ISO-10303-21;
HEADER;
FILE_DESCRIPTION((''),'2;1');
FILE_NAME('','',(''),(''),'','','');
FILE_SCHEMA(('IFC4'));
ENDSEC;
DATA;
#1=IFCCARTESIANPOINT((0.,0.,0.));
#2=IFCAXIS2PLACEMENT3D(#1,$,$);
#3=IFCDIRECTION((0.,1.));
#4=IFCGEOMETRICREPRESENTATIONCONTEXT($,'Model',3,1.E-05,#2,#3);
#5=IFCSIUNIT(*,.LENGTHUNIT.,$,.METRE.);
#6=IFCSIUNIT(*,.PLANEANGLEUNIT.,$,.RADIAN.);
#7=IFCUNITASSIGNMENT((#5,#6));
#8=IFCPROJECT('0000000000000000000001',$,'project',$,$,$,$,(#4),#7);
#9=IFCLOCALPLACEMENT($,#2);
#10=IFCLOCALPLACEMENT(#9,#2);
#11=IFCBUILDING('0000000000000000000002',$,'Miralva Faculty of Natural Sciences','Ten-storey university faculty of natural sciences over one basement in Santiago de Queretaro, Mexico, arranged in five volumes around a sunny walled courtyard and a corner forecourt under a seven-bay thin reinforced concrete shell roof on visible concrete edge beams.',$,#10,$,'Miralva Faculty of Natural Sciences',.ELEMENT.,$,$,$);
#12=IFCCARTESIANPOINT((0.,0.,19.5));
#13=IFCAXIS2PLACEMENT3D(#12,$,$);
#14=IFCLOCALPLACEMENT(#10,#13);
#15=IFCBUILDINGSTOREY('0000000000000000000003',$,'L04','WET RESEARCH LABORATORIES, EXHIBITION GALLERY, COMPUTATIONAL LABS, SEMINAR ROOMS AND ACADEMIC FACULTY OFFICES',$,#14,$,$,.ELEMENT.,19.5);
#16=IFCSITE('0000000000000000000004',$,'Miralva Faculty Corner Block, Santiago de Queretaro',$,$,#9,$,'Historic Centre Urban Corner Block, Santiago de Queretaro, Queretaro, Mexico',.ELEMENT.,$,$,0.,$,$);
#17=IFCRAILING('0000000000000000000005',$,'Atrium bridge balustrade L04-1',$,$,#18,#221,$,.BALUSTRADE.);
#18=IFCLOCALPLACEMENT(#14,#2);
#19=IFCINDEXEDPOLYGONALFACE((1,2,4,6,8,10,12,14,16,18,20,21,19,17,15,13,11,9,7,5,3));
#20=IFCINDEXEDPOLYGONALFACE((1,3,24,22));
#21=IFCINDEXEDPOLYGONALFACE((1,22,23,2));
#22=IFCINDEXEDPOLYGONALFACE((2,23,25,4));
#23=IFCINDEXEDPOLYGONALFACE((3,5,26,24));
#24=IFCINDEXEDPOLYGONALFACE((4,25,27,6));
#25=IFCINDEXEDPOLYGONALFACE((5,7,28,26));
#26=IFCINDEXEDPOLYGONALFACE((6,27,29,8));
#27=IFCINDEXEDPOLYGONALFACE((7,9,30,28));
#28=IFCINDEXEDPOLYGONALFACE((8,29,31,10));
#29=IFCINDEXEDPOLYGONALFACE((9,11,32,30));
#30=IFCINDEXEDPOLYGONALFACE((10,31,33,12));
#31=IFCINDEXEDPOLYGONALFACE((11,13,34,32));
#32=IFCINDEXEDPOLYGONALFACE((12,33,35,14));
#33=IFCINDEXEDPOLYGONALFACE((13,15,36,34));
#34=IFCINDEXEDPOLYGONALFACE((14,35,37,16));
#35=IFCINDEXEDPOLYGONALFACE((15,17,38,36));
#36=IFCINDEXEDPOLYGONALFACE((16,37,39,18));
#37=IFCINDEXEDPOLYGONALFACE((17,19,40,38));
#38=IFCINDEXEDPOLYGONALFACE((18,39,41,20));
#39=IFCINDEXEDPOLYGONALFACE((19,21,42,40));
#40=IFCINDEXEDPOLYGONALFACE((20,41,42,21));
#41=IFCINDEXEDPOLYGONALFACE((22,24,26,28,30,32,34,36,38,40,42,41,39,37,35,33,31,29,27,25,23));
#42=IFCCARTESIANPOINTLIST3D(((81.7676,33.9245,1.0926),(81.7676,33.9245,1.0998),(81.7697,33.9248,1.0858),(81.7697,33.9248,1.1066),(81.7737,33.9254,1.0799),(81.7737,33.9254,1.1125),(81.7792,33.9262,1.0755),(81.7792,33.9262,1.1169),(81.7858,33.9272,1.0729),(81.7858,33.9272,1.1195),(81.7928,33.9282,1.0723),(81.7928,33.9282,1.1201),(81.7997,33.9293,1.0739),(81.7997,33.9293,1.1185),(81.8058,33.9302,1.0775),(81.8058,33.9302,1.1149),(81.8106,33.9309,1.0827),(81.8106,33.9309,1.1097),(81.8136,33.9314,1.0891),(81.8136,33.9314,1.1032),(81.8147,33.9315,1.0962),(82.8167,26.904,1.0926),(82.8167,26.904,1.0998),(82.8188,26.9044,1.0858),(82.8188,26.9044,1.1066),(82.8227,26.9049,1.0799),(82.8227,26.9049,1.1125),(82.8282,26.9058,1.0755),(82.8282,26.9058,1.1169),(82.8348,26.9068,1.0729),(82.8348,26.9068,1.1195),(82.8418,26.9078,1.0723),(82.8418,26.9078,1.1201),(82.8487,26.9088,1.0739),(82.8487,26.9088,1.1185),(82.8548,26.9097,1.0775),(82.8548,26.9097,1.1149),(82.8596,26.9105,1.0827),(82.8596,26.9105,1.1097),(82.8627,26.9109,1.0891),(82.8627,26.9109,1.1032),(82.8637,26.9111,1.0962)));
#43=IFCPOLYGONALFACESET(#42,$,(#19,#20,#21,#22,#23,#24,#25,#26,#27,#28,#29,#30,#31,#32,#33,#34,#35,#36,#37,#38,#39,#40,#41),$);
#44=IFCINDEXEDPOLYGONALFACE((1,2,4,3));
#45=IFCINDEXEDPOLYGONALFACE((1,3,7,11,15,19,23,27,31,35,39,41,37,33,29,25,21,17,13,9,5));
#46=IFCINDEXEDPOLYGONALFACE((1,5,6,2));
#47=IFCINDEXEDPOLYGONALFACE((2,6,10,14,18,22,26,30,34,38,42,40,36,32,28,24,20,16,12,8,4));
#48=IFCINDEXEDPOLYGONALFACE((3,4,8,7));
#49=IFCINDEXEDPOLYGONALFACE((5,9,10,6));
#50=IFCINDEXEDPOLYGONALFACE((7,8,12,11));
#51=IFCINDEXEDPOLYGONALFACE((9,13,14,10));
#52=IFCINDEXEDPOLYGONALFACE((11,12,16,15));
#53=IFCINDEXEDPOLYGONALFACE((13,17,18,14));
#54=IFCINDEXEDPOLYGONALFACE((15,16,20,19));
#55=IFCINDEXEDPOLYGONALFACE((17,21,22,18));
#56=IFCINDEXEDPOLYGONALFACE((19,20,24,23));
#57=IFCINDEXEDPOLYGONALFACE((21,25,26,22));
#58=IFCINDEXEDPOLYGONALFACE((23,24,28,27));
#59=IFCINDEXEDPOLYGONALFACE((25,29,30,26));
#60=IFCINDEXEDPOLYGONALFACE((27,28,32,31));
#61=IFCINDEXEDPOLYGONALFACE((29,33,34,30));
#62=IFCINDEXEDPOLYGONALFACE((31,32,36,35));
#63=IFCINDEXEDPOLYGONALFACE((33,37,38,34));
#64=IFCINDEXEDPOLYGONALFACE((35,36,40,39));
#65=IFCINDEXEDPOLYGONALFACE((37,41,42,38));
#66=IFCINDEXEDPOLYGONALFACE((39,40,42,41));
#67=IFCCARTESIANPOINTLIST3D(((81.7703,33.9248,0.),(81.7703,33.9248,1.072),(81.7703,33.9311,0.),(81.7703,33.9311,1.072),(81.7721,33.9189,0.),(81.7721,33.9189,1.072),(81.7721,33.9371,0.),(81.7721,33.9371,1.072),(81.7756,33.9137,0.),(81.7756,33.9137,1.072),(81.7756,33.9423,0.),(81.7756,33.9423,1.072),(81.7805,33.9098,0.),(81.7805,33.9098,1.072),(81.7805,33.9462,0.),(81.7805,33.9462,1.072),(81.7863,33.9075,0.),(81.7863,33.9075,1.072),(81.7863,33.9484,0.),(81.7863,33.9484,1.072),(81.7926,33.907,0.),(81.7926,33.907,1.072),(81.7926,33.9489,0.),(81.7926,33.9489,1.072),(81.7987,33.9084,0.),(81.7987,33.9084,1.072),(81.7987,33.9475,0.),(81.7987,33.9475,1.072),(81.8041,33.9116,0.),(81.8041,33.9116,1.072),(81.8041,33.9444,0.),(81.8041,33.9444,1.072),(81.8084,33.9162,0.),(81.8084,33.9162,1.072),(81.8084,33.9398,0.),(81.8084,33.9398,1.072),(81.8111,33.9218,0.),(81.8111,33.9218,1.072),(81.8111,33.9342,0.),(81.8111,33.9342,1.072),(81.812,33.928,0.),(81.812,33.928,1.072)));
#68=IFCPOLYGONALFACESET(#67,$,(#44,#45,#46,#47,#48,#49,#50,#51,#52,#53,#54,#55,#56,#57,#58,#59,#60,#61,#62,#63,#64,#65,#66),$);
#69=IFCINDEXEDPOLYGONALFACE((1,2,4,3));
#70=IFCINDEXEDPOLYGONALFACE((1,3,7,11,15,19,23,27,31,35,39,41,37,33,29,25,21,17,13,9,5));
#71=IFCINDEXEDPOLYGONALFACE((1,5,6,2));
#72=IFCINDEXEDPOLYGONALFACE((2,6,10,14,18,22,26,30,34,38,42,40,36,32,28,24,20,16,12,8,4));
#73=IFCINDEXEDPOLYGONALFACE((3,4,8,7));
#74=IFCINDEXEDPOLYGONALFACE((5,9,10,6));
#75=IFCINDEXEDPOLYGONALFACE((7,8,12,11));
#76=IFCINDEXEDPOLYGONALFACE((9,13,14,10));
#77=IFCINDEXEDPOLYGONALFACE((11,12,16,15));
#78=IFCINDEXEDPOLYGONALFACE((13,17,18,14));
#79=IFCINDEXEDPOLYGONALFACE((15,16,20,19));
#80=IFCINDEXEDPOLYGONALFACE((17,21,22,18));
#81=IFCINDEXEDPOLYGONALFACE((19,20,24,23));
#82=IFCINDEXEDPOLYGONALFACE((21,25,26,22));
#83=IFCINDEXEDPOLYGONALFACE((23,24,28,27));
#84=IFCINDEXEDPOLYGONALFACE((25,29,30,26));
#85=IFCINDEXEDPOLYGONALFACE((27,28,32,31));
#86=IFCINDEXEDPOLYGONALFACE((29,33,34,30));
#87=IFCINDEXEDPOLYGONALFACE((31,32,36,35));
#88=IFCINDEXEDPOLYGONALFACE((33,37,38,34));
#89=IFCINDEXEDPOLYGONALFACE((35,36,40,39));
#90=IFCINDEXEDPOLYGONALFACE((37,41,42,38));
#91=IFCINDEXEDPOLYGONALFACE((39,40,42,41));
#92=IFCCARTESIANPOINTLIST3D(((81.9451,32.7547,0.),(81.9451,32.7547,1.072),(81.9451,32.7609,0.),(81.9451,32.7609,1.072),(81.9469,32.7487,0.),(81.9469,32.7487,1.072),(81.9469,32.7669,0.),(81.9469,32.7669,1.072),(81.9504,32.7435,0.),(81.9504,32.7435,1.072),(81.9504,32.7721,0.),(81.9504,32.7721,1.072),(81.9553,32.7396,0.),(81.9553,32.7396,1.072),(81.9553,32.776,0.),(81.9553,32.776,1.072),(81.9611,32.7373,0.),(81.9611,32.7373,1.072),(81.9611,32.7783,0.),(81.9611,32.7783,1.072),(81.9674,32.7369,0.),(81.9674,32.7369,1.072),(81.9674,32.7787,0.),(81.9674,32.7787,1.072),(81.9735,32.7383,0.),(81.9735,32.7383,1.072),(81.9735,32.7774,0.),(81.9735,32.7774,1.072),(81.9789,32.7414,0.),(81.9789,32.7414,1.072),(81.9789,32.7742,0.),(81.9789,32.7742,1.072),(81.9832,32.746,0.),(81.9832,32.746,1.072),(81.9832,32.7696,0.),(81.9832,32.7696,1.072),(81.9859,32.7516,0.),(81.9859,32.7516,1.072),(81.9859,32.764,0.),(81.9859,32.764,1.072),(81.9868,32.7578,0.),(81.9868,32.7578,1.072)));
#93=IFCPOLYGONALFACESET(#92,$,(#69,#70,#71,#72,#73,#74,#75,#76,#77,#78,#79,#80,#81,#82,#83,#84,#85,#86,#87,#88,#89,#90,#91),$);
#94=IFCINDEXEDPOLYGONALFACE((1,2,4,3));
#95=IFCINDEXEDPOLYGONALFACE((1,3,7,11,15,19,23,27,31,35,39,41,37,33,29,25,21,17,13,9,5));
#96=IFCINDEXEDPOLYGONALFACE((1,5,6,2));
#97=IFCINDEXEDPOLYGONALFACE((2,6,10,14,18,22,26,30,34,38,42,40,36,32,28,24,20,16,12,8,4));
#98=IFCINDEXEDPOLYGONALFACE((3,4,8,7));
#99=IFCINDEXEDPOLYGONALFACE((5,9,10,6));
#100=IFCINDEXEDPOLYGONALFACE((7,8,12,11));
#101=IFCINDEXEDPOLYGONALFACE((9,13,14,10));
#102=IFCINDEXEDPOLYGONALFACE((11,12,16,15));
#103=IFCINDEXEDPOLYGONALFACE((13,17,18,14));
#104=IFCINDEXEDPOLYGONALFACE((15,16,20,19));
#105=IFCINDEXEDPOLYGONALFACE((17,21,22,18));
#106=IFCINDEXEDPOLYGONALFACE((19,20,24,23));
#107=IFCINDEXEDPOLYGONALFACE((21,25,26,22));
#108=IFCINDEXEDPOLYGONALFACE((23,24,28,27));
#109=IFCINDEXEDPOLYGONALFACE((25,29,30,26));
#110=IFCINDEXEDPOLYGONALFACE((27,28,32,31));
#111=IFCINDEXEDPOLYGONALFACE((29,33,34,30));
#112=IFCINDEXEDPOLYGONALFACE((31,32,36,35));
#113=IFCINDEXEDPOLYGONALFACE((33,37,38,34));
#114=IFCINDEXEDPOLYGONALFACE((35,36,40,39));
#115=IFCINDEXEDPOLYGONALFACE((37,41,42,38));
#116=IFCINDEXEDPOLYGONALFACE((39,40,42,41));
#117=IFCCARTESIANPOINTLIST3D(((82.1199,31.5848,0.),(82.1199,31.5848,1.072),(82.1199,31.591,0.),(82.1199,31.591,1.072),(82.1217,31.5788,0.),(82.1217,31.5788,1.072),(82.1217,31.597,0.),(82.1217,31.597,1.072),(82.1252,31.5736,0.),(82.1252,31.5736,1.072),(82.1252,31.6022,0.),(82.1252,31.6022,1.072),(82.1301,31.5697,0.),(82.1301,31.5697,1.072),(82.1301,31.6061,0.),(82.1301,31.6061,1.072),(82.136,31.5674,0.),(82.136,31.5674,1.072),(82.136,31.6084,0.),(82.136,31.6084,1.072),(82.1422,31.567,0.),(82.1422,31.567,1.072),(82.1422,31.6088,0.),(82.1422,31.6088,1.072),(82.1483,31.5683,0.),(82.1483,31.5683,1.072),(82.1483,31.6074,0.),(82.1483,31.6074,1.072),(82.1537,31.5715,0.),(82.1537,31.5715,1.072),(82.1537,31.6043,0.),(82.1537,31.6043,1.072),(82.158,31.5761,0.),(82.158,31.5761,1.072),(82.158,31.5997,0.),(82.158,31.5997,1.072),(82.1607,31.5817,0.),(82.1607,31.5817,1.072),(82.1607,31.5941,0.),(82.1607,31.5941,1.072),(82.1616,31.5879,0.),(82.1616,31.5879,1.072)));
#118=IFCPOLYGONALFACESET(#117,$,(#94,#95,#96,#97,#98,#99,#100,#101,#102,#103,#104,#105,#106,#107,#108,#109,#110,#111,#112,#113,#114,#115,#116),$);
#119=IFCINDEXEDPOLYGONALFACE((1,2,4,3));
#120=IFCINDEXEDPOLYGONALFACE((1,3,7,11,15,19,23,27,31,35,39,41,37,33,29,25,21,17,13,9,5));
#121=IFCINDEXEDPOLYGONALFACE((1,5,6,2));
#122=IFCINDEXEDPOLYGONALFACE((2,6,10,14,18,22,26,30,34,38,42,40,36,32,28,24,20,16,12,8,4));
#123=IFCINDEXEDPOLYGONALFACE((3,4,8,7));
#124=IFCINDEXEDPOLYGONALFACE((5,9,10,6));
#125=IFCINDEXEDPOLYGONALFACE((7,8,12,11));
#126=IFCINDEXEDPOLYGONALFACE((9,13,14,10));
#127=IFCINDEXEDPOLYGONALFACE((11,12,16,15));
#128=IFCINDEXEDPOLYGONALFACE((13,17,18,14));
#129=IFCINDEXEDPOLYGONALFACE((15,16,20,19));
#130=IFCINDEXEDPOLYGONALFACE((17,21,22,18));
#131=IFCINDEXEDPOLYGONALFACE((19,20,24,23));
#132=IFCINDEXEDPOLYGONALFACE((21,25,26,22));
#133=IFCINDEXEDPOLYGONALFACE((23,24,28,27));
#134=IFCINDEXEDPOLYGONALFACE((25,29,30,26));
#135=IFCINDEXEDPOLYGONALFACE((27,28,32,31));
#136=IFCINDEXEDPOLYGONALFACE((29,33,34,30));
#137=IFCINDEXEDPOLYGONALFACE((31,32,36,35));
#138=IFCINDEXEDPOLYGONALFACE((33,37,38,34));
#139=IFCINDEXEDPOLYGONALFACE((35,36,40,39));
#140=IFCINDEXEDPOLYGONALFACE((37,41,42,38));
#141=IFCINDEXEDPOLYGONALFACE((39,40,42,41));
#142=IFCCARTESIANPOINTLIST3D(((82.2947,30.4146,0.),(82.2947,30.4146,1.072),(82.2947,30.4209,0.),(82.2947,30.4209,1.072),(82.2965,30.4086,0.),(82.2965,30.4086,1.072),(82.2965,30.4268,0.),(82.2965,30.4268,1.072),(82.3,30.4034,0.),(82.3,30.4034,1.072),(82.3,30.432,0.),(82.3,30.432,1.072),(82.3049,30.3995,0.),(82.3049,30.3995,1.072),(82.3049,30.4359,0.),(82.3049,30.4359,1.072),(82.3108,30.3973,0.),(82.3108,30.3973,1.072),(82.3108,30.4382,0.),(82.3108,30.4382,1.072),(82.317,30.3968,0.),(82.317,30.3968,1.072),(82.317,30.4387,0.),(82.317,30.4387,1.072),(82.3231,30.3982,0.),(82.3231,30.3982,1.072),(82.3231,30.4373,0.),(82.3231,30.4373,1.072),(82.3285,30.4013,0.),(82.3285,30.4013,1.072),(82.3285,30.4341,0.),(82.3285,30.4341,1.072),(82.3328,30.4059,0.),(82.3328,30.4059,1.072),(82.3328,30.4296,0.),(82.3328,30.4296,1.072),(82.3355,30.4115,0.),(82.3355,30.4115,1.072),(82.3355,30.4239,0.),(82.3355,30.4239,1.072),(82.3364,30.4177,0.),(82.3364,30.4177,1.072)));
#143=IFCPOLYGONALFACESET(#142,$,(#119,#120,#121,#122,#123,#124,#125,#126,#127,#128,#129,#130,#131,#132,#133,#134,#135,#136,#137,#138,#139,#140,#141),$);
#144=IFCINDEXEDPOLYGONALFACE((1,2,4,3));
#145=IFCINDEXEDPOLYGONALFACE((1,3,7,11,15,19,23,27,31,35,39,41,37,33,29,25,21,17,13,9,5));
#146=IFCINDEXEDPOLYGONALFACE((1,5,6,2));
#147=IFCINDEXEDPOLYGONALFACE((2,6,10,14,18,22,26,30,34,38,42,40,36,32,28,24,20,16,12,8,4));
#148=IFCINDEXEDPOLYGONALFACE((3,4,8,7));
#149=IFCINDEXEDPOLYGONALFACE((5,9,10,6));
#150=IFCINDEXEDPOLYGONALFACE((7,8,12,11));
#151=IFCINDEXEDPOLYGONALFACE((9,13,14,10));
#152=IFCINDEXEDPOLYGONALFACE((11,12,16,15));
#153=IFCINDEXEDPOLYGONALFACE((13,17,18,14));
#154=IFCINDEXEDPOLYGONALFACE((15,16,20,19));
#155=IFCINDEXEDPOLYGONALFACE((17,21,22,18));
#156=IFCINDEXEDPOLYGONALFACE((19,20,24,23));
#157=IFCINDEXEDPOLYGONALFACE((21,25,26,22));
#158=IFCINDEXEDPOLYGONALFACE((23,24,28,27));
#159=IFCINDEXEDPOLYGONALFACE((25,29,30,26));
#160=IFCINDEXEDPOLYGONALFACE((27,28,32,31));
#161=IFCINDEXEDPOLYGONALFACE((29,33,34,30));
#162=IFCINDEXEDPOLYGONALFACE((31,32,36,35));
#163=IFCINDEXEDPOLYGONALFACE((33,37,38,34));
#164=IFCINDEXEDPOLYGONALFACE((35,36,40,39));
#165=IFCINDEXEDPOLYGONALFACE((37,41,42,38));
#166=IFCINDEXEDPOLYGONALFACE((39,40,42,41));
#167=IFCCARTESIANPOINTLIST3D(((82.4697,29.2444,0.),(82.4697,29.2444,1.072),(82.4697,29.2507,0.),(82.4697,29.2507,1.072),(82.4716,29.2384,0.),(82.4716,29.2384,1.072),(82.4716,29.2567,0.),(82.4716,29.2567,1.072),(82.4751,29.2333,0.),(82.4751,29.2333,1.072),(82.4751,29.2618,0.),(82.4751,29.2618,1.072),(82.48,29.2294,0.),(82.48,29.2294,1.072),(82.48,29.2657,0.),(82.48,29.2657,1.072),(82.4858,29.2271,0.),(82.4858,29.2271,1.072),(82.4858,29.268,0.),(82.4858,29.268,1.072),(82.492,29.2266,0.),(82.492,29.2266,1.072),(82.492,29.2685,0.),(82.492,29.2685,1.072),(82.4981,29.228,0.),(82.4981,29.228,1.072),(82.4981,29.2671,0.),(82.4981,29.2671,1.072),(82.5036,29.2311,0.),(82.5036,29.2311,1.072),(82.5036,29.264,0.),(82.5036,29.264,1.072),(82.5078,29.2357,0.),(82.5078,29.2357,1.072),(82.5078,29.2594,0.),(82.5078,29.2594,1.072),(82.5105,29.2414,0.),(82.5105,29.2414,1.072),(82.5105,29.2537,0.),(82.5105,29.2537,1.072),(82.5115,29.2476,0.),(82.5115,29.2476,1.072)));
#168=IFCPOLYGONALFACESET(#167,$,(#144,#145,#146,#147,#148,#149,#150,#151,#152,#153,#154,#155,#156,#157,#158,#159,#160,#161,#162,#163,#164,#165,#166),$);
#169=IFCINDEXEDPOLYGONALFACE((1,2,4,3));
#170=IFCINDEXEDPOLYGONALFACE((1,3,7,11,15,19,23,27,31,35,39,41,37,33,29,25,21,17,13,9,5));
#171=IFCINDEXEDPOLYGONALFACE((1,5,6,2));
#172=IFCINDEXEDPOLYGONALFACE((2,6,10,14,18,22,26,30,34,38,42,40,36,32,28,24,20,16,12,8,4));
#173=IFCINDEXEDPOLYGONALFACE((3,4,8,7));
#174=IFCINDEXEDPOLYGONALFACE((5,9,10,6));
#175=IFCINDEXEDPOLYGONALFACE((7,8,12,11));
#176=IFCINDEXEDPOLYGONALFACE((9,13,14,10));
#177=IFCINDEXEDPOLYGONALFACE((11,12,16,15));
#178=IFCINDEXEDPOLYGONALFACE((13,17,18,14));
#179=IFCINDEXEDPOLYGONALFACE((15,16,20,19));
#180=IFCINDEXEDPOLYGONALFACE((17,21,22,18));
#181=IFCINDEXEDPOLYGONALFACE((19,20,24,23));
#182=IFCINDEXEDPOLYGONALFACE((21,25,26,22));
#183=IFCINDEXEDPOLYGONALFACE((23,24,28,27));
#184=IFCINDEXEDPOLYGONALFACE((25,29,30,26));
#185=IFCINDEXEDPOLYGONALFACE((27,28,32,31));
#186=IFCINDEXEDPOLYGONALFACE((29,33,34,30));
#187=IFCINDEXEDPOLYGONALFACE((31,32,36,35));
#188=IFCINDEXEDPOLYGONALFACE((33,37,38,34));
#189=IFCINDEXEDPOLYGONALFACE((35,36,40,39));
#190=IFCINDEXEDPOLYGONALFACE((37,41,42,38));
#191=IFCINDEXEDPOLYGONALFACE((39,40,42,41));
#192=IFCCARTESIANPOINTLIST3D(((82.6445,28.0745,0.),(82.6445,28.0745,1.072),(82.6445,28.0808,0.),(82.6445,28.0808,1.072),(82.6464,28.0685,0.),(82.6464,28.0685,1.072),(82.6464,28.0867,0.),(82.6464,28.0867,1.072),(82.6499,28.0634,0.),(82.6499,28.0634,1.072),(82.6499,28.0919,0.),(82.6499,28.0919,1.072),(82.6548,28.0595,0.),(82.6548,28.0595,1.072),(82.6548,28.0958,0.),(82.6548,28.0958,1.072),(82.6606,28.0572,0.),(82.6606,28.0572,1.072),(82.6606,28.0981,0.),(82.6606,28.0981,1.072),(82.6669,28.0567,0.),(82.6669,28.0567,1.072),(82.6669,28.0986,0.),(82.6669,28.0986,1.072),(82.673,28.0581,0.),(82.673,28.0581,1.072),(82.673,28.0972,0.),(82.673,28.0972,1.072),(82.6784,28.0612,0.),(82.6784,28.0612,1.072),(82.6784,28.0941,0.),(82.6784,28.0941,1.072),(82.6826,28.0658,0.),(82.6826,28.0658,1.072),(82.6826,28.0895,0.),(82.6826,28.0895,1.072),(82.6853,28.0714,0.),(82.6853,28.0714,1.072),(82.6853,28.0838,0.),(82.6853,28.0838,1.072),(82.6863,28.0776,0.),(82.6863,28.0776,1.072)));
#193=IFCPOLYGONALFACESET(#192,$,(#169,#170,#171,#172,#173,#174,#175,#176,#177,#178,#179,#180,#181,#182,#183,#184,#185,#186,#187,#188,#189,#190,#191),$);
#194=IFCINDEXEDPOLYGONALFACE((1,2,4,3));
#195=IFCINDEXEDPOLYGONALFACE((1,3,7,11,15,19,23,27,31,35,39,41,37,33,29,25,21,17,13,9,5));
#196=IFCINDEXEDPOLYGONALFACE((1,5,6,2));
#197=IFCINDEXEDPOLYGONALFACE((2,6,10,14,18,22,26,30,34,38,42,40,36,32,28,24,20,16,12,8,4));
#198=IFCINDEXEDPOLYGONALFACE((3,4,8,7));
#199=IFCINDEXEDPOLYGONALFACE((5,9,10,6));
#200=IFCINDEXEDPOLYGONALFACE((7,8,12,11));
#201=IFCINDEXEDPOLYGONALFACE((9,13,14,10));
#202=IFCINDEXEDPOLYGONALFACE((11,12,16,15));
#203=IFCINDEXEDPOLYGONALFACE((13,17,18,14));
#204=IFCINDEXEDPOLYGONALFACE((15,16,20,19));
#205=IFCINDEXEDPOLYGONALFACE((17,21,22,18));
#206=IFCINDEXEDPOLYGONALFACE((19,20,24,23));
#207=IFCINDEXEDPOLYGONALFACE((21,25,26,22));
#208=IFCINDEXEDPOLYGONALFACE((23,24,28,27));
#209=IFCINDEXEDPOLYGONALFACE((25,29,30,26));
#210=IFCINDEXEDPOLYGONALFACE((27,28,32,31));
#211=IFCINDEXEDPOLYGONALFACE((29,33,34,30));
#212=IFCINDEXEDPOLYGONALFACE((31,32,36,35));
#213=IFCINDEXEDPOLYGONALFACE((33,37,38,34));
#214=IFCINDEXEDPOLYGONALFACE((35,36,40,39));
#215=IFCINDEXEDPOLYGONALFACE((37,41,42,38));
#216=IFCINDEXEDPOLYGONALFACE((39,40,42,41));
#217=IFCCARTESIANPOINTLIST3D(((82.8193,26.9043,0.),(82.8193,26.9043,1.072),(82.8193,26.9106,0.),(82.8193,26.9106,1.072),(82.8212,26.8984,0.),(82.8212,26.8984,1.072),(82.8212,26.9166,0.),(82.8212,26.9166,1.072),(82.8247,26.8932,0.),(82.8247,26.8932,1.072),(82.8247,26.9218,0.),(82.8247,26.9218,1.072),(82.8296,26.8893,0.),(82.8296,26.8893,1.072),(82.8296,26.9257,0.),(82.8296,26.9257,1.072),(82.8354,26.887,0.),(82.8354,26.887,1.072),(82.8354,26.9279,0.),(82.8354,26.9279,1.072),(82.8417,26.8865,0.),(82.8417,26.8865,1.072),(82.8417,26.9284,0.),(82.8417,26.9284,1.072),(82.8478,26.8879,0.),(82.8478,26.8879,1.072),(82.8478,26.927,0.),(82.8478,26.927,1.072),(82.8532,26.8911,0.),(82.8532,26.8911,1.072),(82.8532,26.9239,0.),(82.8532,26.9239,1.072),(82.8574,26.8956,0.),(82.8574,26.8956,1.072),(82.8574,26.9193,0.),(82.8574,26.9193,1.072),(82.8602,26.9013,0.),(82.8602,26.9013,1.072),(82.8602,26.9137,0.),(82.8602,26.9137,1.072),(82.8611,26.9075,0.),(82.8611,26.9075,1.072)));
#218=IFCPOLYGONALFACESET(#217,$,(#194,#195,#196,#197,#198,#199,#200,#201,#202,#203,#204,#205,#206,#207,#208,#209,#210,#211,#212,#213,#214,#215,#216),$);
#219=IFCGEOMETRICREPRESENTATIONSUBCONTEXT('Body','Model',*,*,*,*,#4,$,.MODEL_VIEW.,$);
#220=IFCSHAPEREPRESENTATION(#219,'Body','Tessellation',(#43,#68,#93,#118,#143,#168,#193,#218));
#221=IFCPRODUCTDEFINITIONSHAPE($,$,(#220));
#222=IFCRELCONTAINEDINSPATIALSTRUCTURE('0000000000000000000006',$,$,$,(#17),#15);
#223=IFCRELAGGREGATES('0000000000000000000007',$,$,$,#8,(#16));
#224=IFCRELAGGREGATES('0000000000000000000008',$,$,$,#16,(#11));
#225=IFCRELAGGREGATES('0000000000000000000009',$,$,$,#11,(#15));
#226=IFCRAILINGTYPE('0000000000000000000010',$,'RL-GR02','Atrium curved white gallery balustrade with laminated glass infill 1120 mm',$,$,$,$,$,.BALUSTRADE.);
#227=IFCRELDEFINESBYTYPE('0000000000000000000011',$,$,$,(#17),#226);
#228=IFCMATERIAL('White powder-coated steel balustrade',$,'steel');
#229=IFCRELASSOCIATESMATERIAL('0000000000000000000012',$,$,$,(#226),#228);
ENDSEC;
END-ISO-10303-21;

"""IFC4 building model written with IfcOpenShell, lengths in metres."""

from ifc_helpers import new_model, si_unit, direction, frame, origin, origin_2d, place, context, subcontext, project, spatial, circle, extrude, material, type_object, element, save


model = new_model("IFC4")

# Units and contexts
model_context = context("Model", 3, precision=1e-05, world=origin(), true_north=direction((0.0, 1.0)))
body_context = subcontext(model_context, "Body", "Model", "MODEL_VIEW")
ifc_project = project(units=[si_unit("LENGTHUNIT", "METRE"), si_unit("PLANEANGLEUNIT", "RADIAN")], contexts=[model_context])

# Site, building, storey
site_placement = place(None, origin())
site = spatial("IfcSite", under=ifc_project, at=site_placement, Name="Miralva Faculty Corner Block, Santiago de Queretaro", LongName="Historic Centre Urban Corner Block, Santiago de Queretaro, Queretaro, Mexico", CompositionType="ELEMENT", RefElevation=0.0)
building_placement = place(site_placement, origin())
building = spatial("IfcBuilding", under=site, at=building_placement, Name="Miralva Faculty of Natural Sciences", Description="Ten-storey university faculty of natural sciences over one basement in Santiago de Queretaro, Mexico, arranged in five volumes around a sunny walled courtyard and a corner forecourt under a seven-bay thin reinforced concrete shell roof on visible concrete edge beams.", LongName="Miralva Faculty of Natural Sciences", CompositionType="ELEMENT")
storey_placement = place(building_placement, frame((0.0, 0.0, 19.5)))
storey = spatial("IfcBuildingStorey", under=building, at=storey_placement, Name="L04", Description="WET RESEARCH LABORATORIES, EXHIBITION GALLERY, COMPUTATIONAL LABS, SEMINAR ROOMS AND ACADEMIC FACULTY OFFICES", CompositionType="ELEMENT", Elevation=19.5)

# Railing
ifc_material_1 = material(Name="White powder-coated steel balustrade", Category="steel")
railing_type = type_object("IfcRailingType", Name="RL-GR02", Description="Atrium curved white gallery balustrade with laminated glass infill 1120 mm", PredefinedType="BALUSTRADE", material=ifc_material_1)
railing_1_placement = place(storey_placement, frame((81.791, 33.928, 0.0)))
element("IfcRailing", 1, at=railing_1_placement, inside=storey, type_object=railing_type, Name="Atrium bridge balustrade L04-1", PredefinedType="BALUSTRADE", context=body_context, shape_type="SweptSolid", body=[
    extrude(circle(Radius=0.0239, at=origin_2d()), frame((0.0, 0.0, 1.0962), z_axis=(0.147789, -0.989019, 0.0), x_axis=(0.989019, 0.147789, 0.0)), (0.0, 0.0, 1.0), 7.0984),
    extrude(circle(Radius=0.021, at=origin_2d()), origin(), (0.0, 0.0, 1.0), 1.072),
    extrude(circle(Radius=0.021, at=origin_2d()), frame((0.1748, -1.1702, 0.0)), (0.0, 0.0, 1.0), 1.072),
    extrude(circle(Radius=0.021, at=origin_2d()), frame((0.3496, -2.3401, 0.0)), (0.0, 0.0, 1.0), 1.072),
    extrude(circle(Radius=0.021, at=origin_2d()), frame((0.5244, -3.5103, 0.0)), (0.0, 0.0, 1.0), 1.072),
    extrude(circle(Radius=0.021, at=origin_2d()), frame((0.6995, -4.6804, 0.0)), (0.0, 0.0, 1.0), 1.072),
    extrude(circle(Radius=0.021, at=origin_2d()), frame((0.8743, -5.8503, 0.0)), (0.0, 0.0, 1.0), 1.072),
    extrude(circle(Radius=0.021, at=origin_2d()), frame((1.0491, -7.0205, 0.0)), (0.0, 0.0, 1.0), 1.072),
])

save(model, "model.ifc")
